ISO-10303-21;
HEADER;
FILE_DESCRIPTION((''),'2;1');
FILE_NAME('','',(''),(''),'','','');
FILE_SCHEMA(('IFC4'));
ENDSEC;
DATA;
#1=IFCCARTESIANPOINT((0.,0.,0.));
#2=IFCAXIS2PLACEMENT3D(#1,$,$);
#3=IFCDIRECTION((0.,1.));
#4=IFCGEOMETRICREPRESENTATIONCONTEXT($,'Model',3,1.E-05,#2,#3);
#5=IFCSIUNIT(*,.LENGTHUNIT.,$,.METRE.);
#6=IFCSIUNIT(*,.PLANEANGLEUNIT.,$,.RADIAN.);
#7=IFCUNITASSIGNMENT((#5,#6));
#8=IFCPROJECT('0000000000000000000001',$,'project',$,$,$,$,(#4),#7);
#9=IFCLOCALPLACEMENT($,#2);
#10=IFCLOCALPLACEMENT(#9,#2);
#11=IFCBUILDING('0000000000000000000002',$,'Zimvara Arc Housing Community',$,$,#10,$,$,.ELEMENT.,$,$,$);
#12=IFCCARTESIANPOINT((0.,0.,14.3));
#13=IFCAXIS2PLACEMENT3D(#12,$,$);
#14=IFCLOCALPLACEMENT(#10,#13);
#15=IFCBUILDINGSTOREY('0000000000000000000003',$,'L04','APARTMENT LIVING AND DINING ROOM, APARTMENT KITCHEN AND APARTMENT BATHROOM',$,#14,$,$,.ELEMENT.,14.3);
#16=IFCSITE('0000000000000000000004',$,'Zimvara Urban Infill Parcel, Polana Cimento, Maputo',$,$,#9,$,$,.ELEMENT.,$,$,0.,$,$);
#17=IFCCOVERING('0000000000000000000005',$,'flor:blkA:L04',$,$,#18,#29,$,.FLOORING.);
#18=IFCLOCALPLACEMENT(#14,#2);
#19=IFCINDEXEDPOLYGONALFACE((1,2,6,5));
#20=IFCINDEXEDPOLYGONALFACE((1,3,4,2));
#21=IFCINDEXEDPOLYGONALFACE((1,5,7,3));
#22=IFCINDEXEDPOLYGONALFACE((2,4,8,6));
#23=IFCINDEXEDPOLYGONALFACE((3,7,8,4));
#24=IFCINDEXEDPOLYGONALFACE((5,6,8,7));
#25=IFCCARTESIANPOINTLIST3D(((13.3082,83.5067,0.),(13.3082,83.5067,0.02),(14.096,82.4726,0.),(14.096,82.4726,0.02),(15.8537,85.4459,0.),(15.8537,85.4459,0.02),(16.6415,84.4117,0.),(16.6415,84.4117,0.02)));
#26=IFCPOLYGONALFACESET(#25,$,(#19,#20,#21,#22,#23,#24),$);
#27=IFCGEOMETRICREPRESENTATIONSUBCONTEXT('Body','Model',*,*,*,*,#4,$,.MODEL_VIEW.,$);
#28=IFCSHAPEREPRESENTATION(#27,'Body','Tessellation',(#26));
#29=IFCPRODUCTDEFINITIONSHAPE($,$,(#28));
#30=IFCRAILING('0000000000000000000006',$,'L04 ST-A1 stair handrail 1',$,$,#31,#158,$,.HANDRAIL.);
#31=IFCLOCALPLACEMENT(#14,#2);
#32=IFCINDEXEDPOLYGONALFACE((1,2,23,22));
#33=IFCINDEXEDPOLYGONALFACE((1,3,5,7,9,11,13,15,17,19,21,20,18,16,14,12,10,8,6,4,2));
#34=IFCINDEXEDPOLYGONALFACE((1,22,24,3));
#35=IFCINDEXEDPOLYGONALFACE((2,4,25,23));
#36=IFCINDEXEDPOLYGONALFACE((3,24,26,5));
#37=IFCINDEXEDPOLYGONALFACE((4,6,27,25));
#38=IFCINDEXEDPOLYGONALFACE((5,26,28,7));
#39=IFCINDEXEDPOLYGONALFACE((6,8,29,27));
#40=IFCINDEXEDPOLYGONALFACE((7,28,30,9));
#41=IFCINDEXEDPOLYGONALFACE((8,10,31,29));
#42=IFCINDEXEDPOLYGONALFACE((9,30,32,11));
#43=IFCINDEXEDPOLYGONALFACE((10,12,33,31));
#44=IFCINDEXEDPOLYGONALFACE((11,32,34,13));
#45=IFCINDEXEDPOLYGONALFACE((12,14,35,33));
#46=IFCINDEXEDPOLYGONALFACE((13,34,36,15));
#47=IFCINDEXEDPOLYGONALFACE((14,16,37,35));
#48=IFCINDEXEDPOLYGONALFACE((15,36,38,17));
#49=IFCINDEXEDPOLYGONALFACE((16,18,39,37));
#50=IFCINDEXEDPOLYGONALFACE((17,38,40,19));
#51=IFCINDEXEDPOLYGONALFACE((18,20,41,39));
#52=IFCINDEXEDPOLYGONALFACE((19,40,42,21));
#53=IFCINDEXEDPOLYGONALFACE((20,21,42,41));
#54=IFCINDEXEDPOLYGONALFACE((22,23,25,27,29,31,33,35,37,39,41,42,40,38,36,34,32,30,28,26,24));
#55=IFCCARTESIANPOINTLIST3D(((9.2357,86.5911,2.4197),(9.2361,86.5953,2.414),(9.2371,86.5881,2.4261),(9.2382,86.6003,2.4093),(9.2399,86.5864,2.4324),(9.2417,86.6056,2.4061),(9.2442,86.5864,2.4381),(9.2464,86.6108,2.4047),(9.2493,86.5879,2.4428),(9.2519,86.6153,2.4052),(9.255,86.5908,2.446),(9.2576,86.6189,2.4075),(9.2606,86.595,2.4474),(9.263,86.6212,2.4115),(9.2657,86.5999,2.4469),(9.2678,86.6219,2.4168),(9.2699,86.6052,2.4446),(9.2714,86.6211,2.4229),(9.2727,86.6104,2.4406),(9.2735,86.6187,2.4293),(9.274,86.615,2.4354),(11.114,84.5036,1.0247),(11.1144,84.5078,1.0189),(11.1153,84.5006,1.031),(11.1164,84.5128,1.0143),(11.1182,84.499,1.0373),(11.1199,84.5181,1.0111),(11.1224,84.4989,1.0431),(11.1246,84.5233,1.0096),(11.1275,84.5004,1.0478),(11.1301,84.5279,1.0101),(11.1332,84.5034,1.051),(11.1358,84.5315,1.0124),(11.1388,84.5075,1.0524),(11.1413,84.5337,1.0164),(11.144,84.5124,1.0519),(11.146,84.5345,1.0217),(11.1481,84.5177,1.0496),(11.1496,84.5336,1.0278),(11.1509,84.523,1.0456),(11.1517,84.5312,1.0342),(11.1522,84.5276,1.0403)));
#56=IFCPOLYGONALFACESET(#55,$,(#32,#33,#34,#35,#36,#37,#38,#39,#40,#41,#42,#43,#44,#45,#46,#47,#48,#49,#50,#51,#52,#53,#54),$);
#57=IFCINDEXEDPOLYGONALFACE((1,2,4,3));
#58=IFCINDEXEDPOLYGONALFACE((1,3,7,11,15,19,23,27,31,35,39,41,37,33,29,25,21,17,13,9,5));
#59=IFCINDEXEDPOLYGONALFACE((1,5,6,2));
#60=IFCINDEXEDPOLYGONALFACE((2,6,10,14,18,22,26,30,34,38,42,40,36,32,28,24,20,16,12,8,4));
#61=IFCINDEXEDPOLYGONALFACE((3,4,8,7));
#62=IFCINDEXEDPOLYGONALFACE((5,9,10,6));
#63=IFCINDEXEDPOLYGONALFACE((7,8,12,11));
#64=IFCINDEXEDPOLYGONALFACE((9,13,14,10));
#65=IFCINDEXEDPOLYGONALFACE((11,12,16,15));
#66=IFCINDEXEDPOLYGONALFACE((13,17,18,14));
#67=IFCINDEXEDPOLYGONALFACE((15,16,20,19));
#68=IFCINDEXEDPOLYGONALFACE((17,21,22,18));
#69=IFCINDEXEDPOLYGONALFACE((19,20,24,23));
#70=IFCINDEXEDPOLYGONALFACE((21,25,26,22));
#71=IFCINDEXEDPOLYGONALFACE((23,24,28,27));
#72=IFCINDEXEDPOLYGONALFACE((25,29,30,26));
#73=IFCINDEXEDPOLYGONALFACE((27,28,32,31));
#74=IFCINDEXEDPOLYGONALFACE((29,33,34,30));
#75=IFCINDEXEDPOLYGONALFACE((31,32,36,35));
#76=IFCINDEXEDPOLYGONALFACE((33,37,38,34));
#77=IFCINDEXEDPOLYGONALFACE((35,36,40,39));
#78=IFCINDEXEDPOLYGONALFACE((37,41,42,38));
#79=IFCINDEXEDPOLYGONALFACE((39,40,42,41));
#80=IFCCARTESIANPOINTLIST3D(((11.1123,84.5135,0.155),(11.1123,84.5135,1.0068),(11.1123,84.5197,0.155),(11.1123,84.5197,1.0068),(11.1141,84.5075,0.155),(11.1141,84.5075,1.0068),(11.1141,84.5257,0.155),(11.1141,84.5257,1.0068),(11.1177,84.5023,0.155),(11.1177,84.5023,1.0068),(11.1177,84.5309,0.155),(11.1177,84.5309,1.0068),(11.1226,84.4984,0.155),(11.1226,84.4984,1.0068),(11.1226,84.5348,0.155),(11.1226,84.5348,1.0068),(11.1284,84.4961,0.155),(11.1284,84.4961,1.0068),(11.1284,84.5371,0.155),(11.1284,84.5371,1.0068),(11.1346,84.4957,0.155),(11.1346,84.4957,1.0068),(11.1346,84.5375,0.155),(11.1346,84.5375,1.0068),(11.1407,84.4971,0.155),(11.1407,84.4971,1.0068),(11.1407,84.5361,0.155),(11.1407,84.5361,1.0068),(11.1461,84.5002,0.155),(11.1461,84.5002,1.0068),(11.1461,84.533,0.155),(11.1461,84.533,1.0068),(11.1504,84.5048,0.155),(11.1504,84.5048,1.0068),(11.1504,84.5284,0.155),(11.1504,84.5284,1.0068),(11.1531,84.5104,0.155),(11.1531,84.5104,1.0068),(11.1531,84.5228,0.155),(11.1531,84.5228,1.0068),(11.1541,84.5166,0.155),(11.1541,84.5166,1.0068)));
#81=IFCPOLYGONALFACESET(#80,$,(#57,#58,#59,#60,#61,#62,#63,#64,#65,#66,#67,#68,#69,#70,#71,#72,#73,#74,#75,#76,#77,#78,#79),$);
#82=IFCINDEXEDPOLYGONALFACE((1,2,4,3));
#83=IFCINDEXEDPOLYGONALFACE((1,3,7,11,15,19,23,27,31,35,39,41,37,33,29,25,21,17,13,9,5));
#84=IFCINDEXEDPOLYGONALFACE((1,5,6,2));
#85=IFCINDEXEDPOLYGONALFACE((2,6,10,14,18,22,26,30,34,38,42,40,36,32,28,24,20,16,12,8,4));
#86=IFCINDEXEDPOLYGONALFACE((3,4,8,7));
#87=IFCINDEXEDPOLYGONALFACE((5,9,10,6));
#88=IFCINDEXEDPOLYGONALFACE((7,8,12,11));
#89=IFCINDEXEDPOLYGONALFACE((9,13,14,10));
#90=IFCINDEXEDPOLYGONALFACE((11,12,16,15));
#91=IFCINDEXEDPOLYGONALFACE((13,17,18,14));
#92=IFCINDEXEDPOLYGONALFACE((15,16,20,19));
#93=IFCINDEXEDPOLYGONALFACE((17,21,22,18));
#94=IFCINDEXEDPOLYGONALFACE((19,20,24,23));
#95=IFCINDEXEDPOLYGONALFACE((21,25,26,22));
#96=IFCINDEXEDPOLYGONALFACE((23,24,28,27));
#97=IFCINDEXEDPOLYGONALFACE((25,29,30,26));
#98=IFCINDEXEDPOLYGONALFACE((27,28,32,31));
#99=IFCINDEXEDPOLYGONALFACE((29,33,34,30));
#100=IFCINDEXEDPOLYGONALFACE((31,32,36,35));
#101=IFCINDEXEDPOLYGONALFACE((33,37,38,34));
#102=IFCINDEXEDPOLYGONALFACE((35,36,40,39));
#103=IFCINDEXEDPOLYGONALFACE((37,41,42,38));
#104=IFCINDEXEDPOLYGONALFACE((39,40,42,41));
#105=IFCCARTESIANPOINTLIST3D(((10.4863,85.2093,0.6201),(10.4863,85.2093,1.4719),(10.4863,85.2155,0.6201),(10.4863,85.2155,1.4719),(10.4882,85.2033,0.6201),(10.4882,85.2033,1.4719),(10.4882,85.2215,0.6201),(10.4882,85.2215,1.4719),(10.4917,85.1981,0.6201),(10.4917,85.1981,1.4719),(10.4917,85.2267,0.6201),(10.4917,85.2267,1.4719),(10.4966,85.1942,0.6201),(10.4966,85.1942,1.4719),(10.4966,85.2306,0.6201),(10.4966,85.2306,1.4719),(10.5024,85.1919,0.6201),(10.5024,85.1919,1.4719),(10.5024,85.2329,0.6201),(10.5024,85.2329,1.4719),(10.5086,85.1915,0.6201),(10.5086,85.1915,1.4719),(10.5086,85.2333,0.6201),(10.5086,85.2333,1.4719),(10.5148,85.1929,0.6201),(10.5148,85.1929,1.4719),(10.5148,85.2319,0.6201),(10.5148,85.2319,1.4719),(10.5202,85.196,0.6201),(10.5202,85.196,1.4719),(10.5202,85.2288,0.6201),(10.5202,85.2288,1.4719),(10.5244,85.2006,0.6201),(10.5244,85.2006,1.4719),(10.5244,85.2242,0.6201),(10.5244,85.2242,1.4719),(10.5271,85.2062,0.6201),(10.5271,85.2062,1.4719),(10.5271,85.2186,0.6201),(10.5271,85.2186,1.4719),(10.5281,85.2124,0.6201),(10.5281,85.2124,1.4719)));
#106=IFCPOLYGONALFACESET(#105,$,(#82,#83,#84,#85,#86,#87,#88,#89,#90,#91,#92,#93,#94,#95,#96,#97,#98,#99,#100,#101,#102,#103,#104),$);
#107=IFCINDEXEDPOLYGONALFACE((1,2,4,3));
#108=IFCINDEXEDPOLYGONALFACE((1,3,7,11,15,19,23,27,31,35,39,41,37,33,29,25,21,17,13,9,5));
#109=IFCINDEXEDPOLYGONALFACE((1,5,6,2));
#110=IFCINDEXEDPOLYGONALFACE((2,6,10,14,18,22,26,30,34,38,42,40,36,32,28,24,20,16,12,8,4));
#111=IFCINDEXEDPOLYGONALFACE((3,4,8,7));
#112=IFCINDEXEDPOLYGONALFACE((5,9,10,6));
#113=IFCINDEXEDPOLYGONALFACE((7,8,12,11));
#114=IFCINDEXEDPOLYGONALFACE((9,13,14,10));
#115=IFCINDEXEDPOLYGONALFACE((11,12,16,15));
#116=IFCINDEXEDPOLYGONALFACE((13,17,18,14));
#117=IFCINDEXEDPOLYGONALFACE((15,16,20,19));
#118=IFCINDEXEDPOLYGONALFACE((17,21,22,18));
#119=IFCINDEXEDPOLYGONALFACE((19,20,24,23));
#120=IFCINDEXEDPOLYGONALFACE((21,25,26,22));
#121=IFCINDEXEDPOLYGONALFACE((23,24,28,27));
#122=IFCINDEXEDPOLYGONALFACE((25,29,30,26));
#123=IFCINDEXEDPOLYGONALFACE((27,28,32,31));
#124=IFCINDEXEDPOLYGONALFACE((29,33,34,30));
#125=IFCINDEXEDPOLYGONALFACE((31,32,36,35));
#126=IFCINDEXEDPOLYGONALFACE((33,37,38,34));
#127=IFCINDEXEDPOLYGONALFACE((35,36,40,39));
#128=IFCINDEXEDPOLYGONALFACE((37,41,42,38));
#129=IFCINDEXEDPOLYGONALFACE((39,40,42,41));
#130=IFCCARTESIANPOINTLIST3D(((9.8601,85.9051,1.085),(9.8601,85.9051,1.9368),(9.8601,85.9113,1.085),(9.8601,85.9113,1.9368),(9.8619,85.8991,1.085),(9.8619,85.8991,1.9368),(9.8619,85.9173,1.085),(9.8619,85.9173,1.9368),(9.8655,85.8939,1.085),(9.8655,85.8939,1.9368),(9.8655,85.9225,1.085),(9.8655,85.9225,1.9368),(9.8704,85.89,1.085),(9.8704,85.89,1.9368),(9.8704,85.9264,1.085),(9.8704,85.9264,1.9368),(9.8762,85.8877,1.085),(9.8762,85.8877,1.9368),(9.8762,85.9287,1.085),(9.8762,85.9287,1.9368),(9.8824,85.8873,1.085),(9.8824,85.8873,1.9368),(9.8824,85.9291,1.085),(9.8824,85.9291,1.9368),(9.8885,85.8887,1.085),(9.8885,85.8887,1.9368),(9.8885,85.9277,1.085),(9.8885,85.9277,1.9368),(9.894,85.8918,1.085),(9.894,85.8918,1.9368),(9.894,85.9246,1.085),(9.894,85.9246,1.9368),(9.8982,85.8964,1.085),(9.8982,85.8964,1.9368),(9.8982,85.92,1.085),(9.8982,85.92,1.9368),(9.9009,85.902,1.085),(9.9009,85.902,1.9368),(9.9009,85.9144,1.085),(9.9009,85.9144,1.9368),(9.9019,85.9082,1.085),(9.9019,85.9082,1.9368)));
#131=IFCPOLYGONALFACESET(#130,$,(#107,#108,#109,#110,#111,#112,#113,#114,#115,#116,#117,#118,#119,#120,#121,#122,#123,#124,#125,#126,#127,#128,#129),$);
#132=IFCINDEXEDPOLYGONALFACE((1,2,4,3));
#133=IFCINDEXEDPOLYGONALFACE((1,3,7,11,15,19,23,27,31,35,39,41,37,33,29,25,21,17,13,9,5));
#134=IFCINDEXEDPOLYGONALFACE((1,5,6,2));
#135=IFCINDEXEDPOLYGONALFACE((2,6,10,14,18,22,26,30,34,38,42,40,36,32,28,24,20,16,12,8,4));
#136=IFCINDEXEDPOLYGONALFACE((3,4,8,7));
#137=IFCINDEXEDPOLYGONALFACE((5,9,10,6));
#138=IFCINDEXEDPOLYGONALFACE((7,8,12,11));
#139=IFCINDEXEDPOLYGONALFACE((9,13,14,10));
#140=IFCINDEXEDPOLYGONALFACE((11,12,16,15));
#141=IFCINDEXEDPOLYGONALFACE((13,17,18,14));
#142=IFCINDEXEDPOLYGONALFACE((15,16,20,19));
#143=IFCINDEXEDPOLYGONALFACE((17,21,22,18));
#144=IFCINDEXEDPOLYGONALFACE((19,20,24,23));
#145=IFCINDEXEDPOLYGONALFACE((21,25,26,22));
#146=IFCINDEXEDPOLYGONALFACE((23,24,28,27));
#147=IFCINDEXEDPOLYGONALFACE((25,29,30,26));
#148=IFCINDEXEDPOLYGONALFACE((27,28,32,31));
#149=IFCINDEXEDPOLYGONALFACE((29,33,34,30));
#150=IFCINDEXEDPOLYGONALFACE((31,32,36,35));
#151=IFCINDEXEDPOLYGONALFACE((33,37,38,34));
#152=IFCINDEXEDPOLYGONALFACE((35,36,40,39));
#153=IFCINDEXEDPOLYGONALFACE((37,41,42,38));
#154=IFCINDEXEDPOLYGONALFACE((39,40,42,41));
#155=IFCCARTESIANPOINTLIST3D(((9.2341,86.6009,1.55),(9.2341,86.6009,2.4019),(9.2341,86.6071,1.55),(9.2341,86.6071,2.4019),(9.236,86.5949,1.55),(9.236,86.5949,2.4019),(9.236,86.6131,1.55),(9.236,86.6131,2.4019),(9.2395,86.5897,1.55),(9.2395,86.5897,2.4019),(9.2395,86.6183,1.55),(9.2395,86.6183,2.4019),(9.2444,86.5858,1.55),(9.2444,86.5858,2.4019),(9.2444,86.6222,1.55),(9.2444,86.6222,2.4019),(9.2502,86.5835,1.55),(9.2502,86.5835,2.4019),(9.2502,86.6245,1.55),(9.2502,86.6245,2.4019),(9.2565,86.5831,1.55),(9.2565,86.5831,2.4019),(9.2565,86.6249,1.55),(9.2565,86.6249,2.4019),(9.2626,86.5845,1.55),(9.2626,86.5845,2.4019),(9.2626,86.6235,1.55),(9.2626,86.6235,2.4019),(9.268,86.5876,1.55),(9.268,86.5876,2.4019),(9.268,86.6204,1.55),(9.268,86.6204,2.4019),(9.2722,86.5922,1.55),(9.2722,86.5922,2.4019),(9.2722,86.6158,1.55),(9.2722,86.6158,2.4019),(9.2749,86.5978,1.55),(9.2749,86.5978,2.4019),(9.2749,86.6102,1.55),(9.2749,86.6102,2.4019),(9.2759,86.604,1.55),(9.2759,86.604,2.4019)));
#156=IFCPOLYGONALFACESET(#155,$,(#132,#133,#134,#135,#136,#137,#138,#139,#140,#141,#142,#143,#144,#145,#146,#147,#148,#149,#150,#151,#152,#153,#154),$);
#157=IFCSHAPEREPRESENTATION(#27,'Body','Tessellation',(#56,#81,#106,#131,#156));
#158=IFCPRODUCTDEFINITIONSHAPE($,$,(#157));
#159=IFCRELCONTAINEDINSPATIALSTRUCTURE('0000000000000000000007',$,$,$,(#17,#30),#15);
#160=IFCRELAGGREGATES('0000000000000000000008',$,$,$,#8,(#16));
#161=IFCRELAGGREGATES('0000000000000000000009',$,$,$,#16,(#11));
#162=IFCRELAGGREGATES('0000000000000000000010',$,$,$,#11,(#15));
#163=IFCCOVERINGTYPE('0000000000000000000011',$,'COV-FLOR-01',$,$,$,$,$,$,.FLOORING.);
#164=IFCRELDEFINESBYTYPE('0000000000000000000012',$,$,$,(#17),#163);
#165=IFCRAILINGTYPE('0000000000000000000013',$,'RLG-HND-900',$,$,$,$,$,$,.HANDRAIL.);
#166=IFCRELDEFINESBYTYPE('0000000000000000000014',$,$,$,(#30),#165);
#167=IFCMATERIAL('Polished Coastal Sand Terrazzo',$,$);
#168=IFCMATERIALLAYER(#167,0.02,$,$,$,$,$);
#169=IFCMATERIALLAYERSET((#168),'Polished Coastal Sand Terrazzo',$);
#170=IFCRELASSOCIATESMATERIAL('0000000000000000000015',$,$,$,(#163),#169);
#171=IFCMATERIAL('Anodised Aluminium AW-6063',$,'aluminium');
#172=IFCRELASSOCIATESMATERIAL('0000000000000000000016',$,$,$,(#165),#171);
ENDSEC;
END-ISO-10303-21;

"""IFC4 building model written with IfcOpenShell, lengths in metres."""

from ifc_helpers import new_model, si_unit, direction, frame, origin, origin_2d, place, context, subcontext, project, spatial, rectangle, circle, extrude, material, layer, layer_set, type_object, element, save


model = new_model("IFC4")

# Units and contexts
model_context = context("Model", 3, precision=1e-05, world=origin(), true_north=direction((0.0, 1.0)))
body_context = subcontext(model_context, "Body", "Model", "MODEL_VIEW")
ifc_project = project(units=[si_unit("LENGTHUNIT", "METRE"), si_unit("PLANEANGLEUNIT", "RADIAN")], contexts=[model_context])

# Site, building, storey
site_placement = place(None, origin())
site = spatial("IfcSite", under=ifc_project, at=site_placement, Name="Zimvara Urban Infill Parcel, Polana Cimento, Maputo", CompositionType="ELEMENT", RefElevation=0.0)
building_placement = place(site_placement, origin())
building = spatial("IfcBuilding", under=site, at=building_placement, Name="Zimvara Arc Housing Community", CompositionType="ELEMENT")
storey_placement = place(building_placement, frame((0.0, 0.0, 14.3)))
storey = spatial("IfcBuildingStorey", under=building, at=storey_placement, Name="L04", Description="APARTMENT LIVING AND DINING ROOM, APARTMENT KITCHEN AND APARTMENT BATHROOM", CompositionType="ELEMENT", Elevation=14.3)

# Covering
ifc_material_1 = material(Name="Polished Coastal Sand Terrazzo")
ifc_layer_1 = layer(ifc_material_1, 0.02)
ifc_layer_set_1 = layer_set([ifc_layer_1], Name="Polished Coastal Sand Terrazzo")
covering_type_1 = type_object("IfcCoveringType", Name="COV-FLOR-01", PredefinedType="FLOORING", material=ifc_layer_set_1)
covering_1_placement = place(storey_placement, frame((14.9749, 83.9592, 0.0), z_axis=(0.0, 0.0, 1.0), x_axis=(-0.605988, 0.795473, 0.0)))
element("IfcCovering", 1, at=covering_1_placement, inside=storey, type_object=covering_type_1, Name="flor:blkA:L04", PredefinedType="FLOORING", context=body_context, shape_type="SweptSolid", body=[
    extrude(rectangle(XDim=1.3, YDim=3.2, at=origin_2d()), origin(), (0.0, 0.0, 1.0), 0.02),
])

# Railing
ifc_material_2 = material(Name="Anodised Aluminium AW-6063", Category="aluminium")
railing_type = type_object("IfcRailingType", Name="RLG-HND-900", PredefinedType="HANDRAIL", material=ifc_material_2)
railing_placement = place(storey_placement, frame((11.1331, 84.5166, 0.155)))
element("IfcRailing", 2, at=railing_placement, inside=storey, type_object=railing_type, Name="L04 ST-A1 stair handrail 1", PredefinedType="HANDRAIL", context=body_context, shape_type="SweptSolid", body=[
    extrude(circle(Radius=0.0239, at=origin_2d()), frame((0.0, 0.0, 0.876), z_axis=(-0.599018, 0.665749, 0.444923), x_axis=(-0.743381, -0.668869, 0.0)), (0.0, 0.0, 1.0), 3.1355),
    extrude(circle(Radius=0.021, at=origin_2d()), origin(), (0.0, 0.0, 1.0), 0.8518),
    extrude(circle(Radius=0.021, at=origin_2d()), frame((-0.626, 0.6958, 0.4651)), (0.0, 0.0, 1.0), 0.8518),
    extrude(circle(Radius=0.021, at=origin_2d()), frame((-1.2522, 1.3916, 0.9299)), (0.0, 0.0, 1.0), 0.8518),
    extrude(circle(Radius=0.021, at=origin_2d()), frame((-1.8782, 2.0874, 1.395)), (0.0, 0.0, 1.0), 0.8518),
])

save(model, "model.ifc")
